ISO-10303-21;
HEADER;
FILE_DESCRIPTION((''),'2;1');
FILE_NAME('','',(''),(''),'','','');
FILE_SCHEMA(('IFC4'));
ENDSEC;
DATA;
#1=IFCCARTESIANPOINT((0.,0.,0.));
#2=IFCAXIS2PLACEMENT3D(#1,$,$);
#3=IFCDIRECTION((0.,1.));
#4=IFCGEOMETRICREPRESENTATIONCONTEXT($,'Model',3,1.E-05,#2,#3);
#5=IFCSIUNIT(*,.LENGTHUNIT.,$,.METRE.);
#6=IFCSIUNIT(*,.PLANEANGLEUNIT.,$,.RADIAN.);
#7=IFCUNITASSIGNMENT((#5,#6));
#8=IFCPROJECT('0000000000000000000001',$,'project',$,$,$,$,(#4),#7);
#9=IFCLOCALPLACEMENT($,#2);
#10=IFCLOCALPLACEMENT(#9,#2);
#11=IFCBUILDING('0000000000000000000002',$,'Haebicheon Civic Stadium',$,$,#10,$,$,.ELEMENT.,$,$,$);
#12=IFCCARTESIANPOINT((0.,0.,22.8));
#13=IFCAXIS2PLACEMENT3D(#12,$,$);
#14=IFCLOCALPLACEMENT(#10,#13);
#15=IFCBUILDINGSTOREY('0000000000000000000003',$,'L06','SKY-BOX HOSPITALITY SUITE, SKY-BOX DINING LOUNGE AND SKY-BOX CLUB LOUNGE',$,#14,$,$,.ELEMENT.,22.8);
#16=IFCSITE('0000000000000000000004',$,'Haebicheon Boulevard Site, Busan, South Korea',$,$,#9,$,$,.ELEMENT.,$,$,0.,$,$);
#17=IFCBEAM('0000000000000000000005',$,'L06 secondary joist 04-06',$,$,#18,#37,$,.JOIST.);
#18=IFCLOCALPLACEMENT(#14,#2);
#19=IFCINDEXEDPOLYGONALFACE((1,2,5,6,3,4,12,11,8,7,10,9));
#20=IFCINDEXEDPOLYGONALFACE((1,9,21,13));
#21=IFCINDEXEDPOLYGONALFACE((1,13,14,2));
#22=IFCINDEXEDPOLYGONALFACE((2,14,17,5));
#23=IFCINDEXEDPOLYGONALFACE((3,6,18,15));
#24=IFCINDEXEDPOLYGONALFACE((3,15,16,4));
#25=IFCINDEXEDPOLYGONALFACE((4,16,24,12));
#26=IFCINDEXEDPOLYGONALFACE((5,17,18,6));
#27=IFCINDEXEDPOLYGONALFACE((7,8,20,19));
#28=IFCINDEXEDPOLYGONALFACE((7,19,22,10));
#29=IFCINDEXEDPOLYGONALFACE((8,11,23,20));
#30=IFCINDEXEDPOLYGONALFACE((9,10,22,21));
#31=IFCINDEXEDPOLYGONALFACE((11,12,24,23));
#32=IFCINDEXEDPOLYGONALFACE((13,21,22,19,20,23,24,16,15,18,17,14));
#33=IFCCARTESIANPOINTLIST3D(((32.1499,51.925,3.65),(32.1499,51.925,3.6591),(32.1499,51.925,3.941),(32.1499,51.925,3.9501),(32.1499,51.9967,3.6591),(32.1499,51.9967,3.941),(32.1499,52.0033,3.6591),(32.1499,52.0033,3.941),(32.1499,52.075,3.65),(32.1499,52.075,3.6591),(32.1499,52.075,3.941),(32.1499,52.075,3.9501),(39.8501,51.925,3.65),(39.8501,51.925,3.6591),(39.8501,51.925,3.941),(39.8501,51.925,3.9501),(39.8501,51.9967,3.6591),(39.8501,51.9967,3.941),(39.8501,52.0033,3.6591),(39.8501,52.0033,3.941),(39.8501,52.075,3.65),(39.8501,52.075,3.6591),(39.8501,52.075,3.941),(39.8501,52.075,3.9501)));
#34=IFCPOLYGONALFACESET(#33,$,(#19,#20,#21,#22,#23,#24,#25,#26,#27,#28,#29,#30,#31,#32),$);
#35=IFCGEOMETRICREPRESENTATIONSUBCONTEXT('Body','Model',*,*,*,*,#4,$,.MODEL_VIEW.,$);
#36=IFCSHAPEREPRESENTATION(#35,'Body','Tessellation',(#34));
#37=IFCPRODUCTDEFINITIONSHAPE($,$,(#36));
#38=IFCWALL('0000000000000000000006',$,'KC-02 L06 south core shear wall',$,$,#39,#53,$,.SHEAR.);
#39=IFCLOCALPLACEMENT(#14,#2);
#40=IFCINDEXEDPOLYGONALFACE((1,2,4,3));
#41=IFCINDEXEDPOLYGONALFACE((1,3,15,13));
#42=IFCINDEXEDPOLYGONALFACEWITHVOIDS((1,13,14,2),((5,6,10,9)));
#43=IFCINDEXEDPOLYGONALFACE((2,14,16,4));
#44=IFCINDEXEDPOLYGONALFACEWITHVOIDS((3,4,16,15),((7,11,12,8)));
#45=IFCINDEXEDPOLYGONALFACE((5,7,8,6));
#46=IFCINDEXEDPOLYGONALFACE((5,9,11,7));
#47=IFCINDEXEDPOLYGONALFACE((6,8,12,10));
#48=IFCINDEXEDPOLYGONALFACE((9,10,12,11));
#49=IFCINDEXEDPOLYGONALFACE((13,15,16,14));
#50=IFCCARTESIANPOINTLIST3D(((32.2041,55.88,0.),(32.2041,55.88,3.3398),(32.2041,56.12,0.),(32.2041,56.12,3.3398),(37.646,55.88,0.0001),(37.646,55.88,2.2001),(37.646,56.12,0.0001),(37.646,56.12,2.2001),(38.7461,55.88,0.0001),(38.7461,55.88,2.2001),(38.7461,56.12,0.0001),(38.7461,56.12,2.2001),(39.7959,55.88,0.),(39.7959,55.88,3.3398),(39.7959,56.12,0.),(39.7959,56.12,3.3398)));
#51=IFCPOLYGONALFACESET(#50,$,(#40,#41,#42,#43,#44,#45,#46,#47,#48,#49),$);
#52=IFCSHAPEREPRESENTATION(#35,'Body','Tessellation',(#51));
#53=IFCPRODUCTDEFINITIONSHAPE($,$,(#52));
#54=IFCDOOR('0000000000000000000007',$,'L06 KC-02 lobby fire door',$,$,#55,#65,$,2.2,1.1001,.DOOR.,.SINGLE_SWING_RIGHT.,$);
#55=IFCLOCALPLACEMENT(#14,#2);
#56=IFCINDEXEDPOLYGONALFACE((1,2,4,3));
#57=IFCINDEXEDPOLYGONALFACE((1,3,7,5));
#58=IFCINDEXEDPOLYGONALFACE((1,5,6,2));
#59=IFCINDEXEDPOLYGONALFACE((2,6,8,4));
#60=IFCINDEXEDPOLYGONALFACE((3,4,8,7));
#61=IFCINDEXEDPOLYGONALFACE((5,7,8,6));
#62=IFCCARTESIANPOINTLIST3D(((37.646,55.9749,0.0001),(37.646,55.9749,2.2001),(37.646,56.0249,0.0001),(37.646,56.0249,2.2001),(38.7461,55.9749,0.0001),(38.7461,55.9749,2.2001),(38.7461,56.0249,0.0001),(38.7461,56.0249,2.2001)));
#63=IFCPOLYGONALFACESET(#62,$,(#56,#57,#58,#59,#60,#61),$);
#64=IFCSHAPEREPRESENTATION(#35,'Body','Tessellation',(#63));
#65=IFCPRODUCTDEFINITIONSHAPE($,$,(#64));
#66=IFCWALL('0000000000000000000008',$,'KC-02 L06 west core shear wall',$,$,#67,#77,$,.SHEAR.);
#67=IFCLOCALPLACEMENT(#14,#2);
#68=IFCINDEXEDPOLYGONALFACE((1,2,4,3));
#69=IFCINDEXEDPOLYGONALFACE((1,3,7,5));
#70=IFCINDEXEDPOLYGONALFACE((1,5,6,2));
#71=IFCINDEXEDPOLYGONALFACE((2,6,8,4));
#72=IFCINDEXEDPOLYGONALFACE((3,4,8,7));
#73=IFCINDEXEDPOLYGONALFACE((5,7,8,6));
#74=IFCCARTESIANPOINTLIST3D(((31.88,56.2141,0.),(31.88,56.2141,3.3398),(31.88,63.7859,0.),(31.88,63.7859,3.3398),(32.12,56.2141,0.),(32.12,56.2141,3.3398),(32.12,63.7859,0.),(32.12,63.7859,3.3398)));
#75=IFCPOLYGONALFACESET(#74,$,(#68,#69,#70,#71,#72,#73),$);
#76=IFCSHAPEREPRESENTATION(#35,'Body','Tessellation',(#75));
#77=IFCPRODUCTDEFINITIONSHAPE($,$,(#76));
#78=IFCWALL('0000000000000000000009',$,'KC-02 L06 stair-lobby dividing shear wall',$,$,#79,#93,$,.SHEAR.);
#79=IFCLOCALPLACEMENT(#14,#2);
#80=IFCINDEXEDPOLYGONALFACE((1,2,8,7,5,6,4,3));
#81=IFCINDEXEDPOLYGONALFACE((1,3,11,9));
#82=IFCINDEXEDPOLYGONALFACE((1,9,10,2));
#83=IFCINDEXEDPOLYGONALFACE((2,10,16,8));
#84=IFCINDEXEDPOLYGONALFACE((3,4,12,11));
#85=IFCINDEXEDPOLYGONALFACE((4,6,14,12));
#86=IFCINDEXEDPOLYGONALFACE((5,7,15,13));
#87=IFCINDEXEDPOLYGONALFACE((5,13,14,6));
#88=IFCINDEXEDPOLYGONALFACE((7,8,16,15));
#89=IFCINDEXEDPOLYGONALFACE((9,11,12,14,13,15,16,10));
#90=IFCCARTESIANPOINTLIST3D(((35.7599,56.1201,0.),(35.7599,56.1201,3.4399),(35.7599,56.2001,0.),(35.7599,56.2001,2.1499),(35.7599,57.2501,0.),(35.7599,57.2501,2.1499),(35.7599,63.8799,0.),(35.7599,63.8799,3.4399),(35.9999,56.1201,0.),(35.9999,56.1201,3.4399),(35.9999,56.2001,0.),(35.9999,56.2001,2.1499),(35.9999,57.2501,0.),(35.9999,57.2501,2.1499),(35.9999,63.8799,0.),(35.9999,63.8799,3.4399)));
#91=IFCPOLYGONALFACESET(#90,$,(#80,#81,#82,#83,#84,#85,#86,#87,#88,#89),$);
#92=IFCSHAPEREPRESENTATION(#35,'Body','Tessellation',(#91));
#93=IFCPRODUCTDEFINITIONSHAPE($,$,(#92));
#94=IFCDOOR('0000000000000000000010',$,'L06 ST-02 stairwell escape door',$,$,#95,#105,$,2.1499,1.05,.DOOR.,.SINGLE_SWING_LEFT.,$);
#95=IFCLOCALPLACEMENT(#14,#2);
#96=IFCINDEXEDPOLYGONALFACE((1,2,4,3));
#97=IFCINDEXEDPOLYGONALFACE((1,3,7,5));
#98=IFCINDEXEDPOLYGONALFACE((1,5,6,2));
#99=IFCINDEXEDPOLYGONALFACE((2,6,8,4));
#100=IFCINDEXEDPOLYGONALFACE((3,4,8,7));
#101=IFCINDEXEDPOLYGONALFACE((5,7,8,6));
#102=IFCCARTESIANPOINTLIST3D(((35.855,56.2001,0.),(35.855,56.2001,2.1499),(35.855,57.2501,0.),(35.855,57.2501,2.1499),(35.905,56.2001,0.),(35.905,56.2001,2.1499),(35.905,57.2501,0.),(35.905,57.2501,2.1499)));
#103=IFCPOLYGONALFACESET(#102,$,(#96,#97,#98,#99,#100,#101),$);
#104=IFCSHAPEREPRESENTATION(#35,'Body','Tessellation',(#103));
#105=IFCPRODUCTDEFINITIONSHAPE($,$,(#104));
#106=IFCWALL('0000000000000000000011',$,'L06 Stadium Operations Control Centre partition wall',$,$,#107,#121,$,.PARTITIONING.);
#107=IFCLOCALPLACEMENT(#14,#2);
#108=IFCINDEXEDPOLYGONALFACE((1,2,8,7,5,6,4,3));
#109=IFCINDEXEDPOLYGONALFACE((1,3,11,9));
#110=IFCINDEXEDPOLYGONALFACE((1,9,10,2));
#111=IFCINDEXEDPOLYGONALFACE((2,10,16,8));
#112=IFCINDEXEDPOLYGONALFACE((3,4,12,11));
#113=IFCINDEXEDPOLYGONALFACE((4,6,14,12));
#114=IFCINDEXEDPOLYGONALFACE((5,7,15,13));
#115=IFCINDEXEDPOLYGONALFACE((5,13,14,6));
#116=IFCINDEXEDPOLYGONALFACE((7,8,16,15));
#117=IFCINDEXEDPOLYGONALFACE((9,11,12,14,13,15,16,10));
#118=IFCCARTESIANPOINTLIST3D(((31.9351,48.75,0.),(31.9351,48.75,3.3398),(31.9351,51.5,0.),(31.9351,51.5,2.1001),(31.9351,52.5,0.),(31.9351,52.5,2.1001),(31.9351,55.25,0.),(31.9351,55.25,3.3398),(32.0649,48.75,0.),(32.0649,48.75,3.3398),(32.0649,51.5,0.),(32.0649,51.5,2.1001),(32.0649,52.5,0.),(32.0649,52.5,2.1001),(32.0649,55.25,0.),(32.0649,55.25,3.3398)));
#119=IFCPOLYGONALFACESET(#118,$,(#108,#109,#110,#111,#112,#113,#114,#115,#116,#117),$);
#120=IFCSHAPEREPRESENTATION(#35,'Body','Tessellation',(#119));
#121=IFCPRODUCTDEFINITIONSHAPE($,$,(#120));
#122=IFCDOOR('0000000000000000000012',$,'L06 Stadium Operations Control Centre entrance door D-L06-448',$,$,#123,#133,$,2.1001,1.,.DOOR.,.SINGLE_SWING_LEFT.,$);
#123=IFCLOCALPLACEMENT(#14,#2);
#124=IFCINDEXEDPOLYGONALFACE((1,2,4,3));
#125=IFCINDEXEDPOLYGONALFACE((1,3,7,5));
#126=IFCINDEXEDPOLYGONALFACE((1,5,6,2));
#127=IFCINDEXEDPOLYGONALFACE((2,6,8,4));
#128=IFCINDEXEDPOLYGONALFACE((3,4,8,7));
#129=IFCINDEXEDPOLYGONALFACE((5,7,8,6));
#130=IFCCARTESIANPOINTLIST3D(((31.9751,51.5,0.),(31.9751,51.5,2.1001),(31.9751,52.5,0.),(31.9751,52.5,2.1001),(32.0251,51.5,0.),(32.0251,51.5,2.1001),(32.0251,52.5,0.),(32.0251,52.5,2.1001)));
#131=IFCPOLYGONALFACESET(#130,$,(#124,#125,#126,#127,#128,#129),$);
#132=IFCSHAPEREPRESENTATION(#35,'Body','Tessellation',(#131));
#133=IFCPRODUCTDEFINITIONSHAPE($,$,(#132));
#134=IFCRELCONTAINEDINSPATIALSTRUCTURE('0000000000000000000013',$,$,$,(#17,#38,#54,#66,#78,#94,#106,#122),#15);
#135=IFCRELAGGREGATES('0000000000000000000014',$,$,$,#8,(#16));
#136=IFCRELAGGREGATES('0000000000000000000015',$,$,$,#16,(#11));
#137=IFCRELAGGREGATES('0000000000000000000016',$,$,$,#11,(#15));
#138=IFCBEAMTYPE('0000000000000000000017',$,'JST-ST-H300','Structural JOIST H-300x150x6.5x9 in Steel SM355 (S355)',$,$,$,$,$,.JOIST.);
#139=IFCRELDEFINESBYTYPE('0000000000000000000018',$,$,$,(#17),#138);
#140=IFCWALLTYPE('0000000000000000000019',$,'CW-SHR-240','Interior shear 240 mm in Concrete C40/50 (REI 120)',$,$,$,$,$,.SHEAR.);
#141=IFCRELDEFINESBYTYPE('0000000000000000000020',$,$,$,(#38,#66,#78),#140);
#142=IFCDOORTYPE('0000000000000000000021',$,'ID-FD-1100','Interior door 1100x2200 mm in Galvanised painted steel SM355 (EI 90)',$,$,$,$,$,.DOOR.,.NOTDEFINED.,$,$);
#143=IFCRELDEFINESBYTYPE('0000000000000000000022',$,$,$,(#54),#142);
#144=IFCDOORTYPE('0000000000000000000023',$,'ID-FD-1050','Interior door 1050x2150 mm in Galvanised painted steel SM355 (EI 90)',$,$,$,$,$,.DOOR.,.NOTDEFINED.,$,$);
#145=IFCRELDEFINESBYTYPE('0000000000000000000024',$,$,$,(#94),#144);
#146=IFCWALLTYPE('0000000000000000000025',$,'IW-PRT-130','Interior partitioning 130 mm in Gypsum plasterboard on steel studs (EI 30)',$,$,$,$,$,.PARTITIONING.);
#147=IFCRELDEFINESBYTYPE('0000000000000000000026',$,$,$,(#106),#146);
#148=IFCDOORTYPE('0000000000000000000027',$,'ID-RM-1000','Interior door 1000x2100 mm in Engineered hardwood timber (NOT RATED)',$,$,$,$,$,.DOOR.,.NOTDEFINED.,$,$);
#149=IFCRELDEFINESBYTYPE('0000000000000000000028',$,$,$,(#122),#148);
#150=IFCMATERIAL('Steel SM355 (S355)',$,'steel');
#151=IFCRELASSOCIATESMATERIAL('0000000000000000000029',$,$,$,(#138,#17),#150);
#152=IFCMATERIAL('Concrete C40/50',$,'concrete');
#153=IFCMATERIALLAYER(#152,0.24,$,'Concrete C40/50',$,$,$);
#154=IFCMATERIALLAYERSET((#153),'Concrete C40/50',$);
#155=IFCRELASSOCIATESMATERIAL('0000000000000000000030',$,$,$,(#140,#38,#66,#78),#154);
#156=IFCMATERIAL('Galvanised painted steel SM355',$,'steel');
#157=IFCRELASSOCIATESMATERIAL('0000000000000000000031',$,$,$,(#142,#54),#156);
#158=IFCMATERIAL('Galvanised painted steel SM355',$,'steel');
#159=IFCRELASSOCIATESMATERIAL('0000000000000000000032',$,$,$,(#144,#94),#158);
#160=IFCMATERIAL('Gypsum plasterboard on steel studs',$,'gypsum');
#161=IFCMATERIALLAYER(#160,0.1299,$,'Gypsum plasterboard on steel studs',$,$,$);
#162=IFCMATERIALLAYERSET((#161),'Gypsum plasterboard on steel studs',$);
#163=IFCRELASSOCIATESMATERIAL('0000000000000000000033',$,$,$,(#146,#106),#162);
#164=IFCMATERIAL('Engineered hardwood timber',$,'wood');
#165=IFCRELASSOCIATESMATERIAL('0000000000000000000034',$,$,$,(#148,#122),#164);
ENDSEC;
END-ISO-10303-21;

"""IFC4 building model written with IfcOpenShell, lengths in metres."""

from ifc_helpers import new_model, si_unit, direction, frame, frame_2d, origin, origin_2d, place, context, subcontext, project, spatial, rectangle, i_section, extrude, material, layer, layer_set, material_profile, profile_set, type_object, element, fill, save


model = new_model("IFC4")

# Units and contexts
model_context = context("Model", 3, precision=1e-05, world=origin(), true_north=direction((0.0, 1.0)))
body_context = subcontext(model_context, "Body", "Model", "MODEL_VIEW")
ifc_project = project(units=[si_unit("LENGTHUNIT", "METRE"), si_unit("PLANEANGLEUNIT", "RADIAN")], contexts=[model_context])

# Site, building, storey
site_placement = place(None, origin())
site = spatial("IfcSite", under=ifc_project, at=site_placement, Name="Haebicheon Boulevard Site, Busan, South Korea", CompositionType="ELEMENT", RefElevation=0.0)
building_placement = place(site_placement, origin())
building = spatial("IfcBuilding", under=site, at=building_placement, Name="Haebicheon Civic Stadium", CompositionType="ELEMENT")
storey_placement = place(building_placement, frame((0.0, 0.0, 22.8)))
storey = spatial("IfcBuildingStorey", under=building, at=storey_placement, Name="L06", Description="SKY-BOX HOSPITALITY SUITE, SKY-BOX DINING LOUNGE AND SKY-BOX CLUB LOUNGE", CompositionType="ELEMENT", Elevation=22.8)

# Beam
ifc_material_1 = material(Name="Steel SM355 (S355)", Category="steel")
ifc_material_profile_1 = material_profile(ifc_material_1, i_section(OverallWidth=0.1499, OverallDepth=0.3, WebThickness=0.0066, FlangeThickness=0.009, at=origin_2d()), Name="H-300x150x6.5x9")
ifc_profile_set_1 = profile_set([ifc_material_profile_1], Name="Steel SM355 (S355)")
beam_type_1 = type_object("IfcBeamType", Name="JST-ST-H300", Description="Structural JOIST H-300x150x6.5x9 in Steel SM355 (S355)", PredefinedType="JOIST", material=ifc_profile_set_1)
for number, where, z_axis, x_axis, name in (
    (1, (32.1499, 52.0, 3.8), (1.0, 0.0, 0.0), (0.0, 1.0, 0.0), "L06 secondary joist 04-06"),
):
    element("IfcBeam", number, at=place(storey_placement, frame(where, z_axis=z_axis, x_axis=x_axis)), inside=storey, type_object=beam_type_1, material=ifc_profile_set_1, Name=name, PredefinedType="JOIST", context=body_context, shape_type="SweptSolid", body=[
        extrude(i_section(OverallWidth=0.1499, OverallDepth=0.3, WebThickness=0.0066, FlangeThickness=0.009, at=origin_2d()), origin(), (0.0, 0.0, 1.0), 7.7002),
    ])

# Wall, opening, door
ifc_material_2 = material(Name="Concrete C40/50", Category="concrete")
ifc_layer_1 = layer(ifc_material_2, 0.24, Name="Concrete C40/50")
ifc_layer_set_1 = layer_set([ifc_layer_1], Name="Concrete C40/50")
wall_type_1 = type_object("IfcWallType", Name="CW-SHR-240", Description="Interior shear 240 mm in Concrete C40/50 (REI 120)", PredefinedType="SHEAR", material=ifc_layer_set_1)
wall_1_placement = place(storey_placement, frame((32.2041, 56.0, 0.0), z_axis=(0.0, 0.0, 1.0), x_axis=(1.0, 0.0, 0.0)))
wall_1 = element("IfcWall", 2, at=wall_1_placement, inside=storey, type_object=wall_type_1, material=ifc_layer_set_1, Name="KC-02 L06 south core shear wall", PredefinedType="SHEAR", context=body_context, shape_type="SweptSolid", body=[
    extrude(rectangle(XDim=7.5918, YDim=0.24, at=frame_2d((3.7959, 0.0))), origin(), (0.0, 0.0, 1.0), 3.3398),
])
opening_1_placement = place(wall_1_placement, frame((5.4419, 0.0, 0.0)))
opening_1 = element("IfcOpeningElement", 3, at=opening_1_placement, cuts=wall_1, PredefinedType="OPENING", context=body_context, shape_type="SweptSolid", body=[
    extrude(rectangle(XDim=1.1001, YDim=2.2, at=frame_2d((0.55, 1.1001))), frame((0.0, 0.1299, 0.0), z_axis=(0.0, -1.0, 0.0), x_axis=(1.0, 0.0, 0.0)), (0.0, 0.0, 1.0), 0.26),
])
ifc_material_3 = material(Name="Galvanised painted steel SM355", Category="steel")
door_type_1 = type_object("IfcDoorType", Name="ID-FD-1100", Description="Interior door 1100x2200 mm in Galvanised painted steel SM355 (EI 90)", OperationType="NOTDEFINED", PredefinedType="DOOR", material=ifc_material_3)
door_1_placement = place(opening_1_placement, origin())
door_1 = element("IfcDoor", 4, at=door_1_placement, inside=storey, type_object=door_type_1, material=ifc_material_3, Name="L06 KC-02 lobby fire door", OperationType="SINGLE_SWING_RIGHT", OverallHeight=2.2, OverallWidth=1.1001, PredefinedType="DOOR", context=body_context, shape_type="SweptSolid", body=[
    extrude(rectangle(XDim=1.1001, YDim=2.2, at=frame_2d((0.55, 1.1001))), frame((0.0, 0.0249, 0.0), z_axis=(0.0, -1.0, 0.0), x_axis=(1.0, 0.0, 0.0)), (0.0, 0.0, 1.0), 0.05),
])
fill(opening_1, door_1)

# Wall
wall_2_placement = place(storey_placement, frame((32.0, 56.2141, 0.0), z_axis=(0.0, 0.0, 1.0), x_axis=(0.0, 1.0, 0.0)))
element("IfcWall", 5, at=wall_2_placement, inside=storey, type_object=wall_type_1, material=ifc_layer_set_1, Name="KC-02 L06 west core shear wall", PredefinedType="SHEAR", context=body_context, shape_type="SweptSolid", body=[
    extrude(rectangle(XDim=7.5718, YDim=0.24, at=frame_2d((3.7859, 0.0))), origin(), (0.0, 0.0, 1.0), 3.3398),
])

# Walls, openings, doors
wall_3_placement = place(storey_placement, frame((35.8799, 56.1201, 0.0), z_axis=(0.0, 0.0, 1.0), x_axis=(0.0, 1.0, 0.0)))
wall_3 = element("IfcWall", 6, at=wall_3_placement, inside=storey, type_object=wall_type_1, material=ifc_layer_set_1, Name="KC-02 L06 stair-lobby dividing shear wall", PredefinedType="SHEAR", context=body_context, shape_type="SweptSolid", body=[
    extrude(rectangle(XDim=7.7598, YDim=0.24, at=frame_2d((3.8799, 0.0))), origin(), (0.0, 0.0, 1.0), 3.4399),
])
opening_2_placement = place(wall_3_placement, frame((0.0801, 0.0, 0.0)))
opening_2 = element("IfcOpeningElement", 7, at=opening_2_placement, cuts=wall_3, PredefinedType="OPENING", context=body_context, shape_type="SweptSolid", body=[
    extrude(rectangle(XDim=1.05, YDim=2.1499, at=frame_2d((0.5249, 1.075))), frame((0.0, 0.1299, 0.0), z_axis=(0.0, -1.0, 0.0), x_axis=(1.0, 0.0, 0.0)), (0.0, 0.0, 1.0), 0.26),
])
ifc_material_4 = material(Name="Galvanised painted steel SM355", Category="steel")
door_type_2 = type_object("IfcDoorType", Name="ID-FD-1050", Description="Interior door 1050x2150 mm in Galvanised painted steel SM355 (EI 90)", OperationType="NOTDEFINED", PredefinedType="DOOR", material=ifc_material_4)
door_2_placement = place(opening_2_placement, origin())
door_2 = element("IfcDoor", 8, at=door_2_placement, inside=storey, type_object=door_type_2, material=ifc_material_4, Name="L06 ST-02 stairwell escape door", OperationType="SINGLE_SWING_LEFT", OverallHeight=2.1499, OverallWidth=1.05, PredefinedType="DOOR", context=body_context, shape_type="SweptSolid", body=[
    extrude(rectangle(XDim=1.05, YDim=2.1499, at=frame_2d((0.5249, 1.075))), frame((0.0, 0.0249, 0.0), z_axis=(0.0, -1.0, 0.0), x_axis=(1.0, 0.0, 0.0)), (0.0, 0.0, 1.0), 0.05),
])
fill(opening_2, door_2)
ifc_material_5 = material(Name="Gypsum plasterboard on steel studs", Category="gypsum")
ifc_layer_2 = layer(ifc_material_5, 0.1299, Name="Gypsum plasterboard on steel studs")
ifc_layer_set_2 = layer_set([ifc_layer_2], Name="Gypsum plasterboard on steel studs")
wall_type_2 = type_object("IfcWallType", Name="IW-PRT-130", Description="Interior partitioning 130 mm in Gypsum plasterboard on steel studs (EI 30)", PredefinedType="PARTITIONING", material=ifc_layer_set_2)
wall_4_placement = place(storey_placement, frame((32.0, 48.75, 0.0), z_axis=(0.0, 0.0, 1.0), x_axis=(0.0, 1.0, 0.0)))
wall_4 = element("IfcWall", 9, at=wall_4_placement, inside=storey, type_object=wall_type_2, material=ifc_layer_set_2, Name="L06 Stadium Operations Control Centre partition wall", PredefinedType="PARTITIONING", context=body_context, shape_type="SweptSolid", body=[
    extrude(rectangle(XDim=6.5, YDim=0.1299, at=frame_2d((3.25, 0.0))), origin(), (0.0, 0.0, 1.0), 3.3398),
])
opening_3_placement = place(wall_4_placement, frame((2.75, 0.0, 0.0)))
opening_3 = element("IfcOpeningElement", 10, at=opening_3_placement, cuts=wall_4, PredefinedType="OPENING", context=body_context, shape_type="SweptSolid", body=[
    extrude(rectangle(XDim=1.0, YDim=2.1001, at=frame_2d((0.5, 1.05))), frame((0.0, 0.075, 0.0), z_axis=(0.0, -1.0, 0.0), x_axis=(1.0, 0.0, 0.0)), (0.0, 0.0, 1.0), 0.1499),
])
ifc_material_6 = material(Name="Engineered hardwood timber", Category="wood")
door_type_3 = type_object("IfcDoorType", Name="ID-RM-1000", Description="Interior door 1000x2100 mm in Engineered hardwood timber (NOT RATED)", OperationType="NOTDEFINED", PredefinedType="DOOR", material=ifc_material_6)
door_3_placement = place(opening_3_placement, origin())
door_3 = element("IfcDoor", 11, at=door_3_placement, inside=storey, type_object=door_type_3, material=ifc_material_6, Name="L06 Stadium Operations Control Centre entrance door D-L06-448", OperationType="SINGLE_SWING_LEFT", OverallHeight=2.1001, OverallWidth=1.0, PredefinedType="DOOR", context=body_context, shape_type="SweptSolid", body=[
    extrude(rectangle(XDim=1.0, YDim=2.1001, at=frame_2d((0.5, 1.05))), frame((0.0, 0.0249, 0.0), z_axis=(0.0, -1.0, 0.0), x_axis=(1.0, 0.0, 0.0)), (0.0, 0.0, 1.0), 0.05),
])
fill(opening_3, door_3)

save(model, "model.ifc")
